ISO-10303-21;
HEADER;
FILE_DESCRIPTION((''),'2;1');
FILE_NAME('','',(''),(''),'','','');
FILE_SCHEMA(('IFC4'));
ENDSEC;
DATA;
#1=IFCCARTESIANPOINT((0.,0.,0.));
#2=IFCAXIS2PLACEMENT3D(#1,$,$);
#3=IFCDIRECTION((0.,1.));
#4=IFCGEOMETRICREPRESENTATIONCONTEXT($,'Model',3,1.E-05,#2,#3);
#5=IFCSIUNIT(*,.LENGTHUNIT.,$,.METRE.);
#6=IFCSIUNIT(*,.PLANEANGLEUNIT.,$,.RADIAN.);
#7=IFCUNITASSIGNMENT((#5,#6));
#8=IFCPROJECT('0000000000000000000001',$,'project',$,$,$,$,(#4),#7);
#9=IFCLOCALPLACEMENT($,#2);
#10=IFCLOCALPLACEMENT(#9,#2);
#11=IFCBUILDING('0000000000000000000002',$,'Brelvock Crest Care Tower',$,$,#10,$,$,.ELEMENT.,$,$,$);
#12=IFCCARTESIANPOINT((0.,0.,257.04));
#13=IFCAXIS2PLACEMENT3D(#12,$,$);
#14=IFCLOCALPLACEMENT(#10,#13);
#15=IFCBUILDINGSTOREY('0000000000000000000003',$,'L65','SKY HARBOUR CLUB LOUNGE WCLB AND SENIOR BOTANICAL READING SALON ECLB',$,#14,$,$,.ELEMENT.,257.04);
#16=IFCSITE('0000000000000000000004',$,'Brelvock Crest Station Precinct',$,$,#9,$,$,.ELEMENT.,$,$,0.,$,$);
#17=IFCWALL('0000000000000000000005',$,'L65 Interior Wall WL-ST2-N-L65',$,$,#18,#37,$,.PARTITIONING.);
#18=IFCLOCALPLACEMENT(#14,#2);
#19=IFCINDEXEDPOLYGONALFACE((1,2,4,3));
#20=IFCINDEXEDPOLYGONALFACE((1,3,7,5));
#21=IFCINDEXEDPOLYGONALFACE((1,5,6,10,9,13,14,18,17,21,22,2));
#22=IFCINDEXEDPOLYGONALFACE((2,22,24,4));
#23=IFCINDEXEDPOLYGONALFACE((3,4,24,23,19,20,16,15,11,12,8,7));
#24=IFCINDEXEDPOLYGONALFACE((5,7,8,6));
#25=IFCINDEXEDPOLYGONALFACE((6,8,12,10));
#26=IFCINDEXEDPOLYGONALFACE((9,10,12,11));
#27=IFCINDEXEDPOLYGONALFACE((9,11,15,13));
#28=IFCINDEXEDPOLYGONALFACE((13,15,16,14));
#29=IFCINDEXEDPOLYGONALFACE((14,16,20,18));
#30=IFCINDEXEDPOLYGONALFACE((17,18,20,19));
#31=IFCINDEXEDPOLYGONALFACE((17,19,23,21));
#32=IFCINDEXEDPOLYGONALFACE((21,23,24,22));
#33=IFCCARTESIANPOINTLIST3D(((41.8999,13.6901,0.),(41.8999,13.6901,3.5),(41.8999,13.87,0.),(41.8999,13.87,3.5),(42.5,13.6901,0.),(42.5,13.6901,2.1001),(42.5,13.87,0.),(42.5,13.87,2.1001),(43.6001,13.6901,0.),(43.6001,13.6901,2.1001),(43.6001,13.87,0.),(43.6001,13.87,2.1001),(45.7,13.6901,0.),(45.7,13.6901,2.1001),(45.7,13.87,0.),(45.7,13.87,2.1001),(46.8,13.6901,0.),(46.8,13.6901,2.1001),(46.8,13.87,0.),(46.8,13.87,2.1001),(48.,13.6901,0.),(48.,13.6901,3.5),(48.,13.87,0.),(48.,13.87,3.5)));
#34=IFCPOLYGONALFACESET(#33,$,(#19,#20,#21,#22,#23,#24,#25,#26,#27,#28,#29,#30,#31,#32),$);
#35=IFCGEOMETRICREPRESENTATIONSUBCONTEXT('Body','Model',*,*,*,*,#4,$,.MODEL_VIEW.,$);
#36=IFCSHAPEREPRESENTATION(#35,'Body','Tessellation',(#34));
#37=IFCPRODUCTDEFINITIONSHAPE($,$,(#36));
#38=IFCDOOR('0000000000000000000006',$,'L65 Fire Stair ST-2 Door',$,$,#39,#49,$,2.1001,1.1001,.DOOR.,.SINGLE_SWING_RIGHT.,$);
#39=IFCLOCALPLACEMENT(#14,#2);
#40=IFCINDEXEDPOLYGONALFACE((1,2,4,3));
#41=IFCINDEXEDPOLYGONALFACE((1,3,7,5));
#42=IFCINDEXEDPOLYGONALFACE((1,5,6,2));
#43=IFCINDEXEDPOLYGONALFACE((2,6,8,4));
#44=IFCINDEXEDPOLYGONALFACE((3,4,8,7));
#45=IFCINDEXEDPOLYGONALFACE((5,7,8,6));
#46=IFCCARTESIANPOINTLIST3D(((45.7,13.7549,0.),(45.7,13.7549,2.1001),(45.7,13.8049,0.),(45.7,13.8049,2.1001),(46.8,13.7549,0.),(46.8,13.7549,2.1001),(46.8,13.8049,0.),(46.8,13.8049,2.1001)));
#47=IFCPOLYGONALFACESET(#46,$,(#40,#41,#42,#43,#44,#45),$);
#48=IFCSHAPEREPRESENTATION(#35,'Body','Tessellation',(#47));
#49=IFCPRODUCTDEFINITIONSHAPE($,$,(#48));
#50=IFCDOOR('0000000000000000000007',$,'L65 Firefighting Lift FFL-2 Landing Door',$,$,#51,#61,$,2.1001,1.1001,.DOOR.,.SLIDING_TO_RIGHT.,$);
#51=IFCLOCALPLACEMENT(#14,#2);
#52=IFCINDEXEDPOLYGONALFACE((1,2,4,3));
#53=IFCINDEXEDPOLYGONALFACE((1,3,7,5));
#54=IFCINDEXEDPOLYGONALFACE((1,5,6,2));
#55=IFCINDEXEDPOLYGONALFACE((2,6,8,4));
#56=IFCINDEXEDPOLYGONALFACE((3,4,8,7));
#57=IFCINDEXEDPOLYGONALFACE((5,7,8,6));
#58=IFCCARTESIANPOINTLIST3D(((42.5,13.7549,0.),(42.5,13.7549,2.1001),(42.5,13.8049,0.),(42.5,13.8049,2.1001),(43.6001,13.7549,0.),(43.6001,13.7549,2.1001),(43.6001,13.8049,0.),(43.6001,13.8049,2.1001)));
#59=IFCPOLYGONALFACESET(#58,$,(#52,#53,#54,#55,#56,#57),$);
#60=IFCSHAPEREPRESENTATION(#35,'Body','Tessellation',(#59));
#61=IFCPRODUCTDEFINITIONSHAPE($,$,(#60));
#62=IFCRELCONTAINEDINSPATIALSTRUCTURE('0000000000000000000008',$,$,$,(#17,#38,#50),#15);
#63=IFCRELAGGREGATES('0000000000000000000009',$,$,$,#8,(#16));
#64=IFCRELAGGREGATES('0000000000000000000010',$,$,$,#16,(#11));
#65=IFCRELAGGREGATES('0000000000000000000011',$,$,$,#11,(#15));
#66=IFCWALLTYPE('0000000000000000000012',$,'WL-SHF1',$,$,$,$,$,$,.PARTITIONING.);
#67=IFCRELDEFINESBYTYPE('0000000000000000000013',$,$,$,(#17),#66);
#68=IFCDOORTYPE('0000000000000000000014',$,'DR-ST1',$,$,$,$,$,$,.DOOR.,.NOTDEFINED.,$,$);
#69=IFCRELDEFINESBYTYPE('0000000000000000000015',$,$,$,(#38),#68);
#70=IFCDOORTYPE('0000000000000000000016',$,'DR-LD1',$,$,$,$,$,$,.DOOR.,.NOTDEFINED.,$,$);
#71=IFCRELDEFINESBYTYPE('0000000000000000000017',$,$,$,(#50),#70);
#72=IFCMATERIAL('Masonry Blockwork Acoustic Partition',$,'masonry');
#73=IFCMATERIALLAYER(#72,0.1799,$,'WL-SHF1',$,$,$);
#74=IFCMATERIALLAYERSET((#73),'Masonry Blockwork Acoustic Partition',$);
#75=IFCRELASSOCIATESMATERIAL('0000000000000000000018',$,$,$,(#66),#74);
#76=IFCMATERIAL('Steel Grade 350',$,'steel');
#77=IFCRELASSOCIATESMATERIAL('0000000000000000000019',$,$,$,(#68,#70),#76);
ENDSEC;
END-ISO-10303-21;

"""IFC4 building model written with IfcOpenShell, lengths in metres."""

from ifc_helpers import new_model, si_unit, direction, frame, frame_2d, origin, origin_2d, place, context, subcontext, project, spatial, rectangle, extrude, source, transform, mapped, material, layer, layer_set, type_object, element, fill, save


model = new_model("IFC4")

# Units and contexts
model_context = context("Model", 3, precision=1e-05, world=origin(), true_north=direction((0.0, 1.0)))
body_context = subcontext(model_context, "Body", "Model", "MODEL_VIEW")
ifc_project = project(units=[si_unit("LENGTHUNIT", "METRE"), si_unit("PLANEANGLEUNIT", "RADIAN")], contexts=[model_context])

# Site, building, storey
site_placement = place(None, origin())
site = spatial("IfcSite", under=ifc_project, at=site_placement, Name="Brelvock Crest Station Precinct", CompositionType="ELEMENT", RefElevation=0.0)
building_placement = place(site_placement, origin())
building = spatial("IfcBuilding", under=site, at=building_placement, Name="Brelvock Crest Care Tower", CompositionType="ELEMENT")
storey_placement = place(building_placement, frame((0.0, 0.0, 257.04)))
storey = spatial("IfcBuildingStorey", under=building, at=storey_placement, Name="L65", Description="SKY HARBOUR CLUB LOUNGE WCLB AND SENIOR BOTANICAL READING SALON ECLB", CompositionType="ELEMENT", Elevation=257.04)

# Shared definitions
ifc_material_1 = material(Name="Steel Grade 350", Category="steel")

# Shared definitions
ifc_material_2 = material(Name="Masonry Blockwork Acoustic Partition", Category="masonry")

# Wall, openings, doors
ifc_layer_1 = layer(ifc_material_2, 0.1799, Name="WL-SHF1")
ifc_layer_set_1 = layer_set([ifc_layer_1], Name="Masonry Blockwork Acoustic Partition")
wall_type_1 = type_object("IfcWallType", Name="WL-SHF1", PredefinedType="PARTITIONING", material=ifc_layer_set_1)
wall_1_placement = place(storey_placement, frame((41.8999, 13.78, 0.0), z_axis=(0.0, 0.0, 1.0), x_axis=(1.0, 0.0, 0.0)))
wall_1 = element("IfcWall", 1, at=wall_1_placement, inside=storey, type_object=wall_type_1, Name="L65 Interior Wall WL-ST2-N-L65", PredefinedType="PARTITIONING", context=body_context, shape_type="SweptSolid", body=[
    extrude(rectangle(XDim=6.1001, YDim=0.1799, at=frame_2d((3.05, 0.0))), origin(), (0.0, 0.0, 1.0), 3.5),
])
opening_1_placement = place(wall_1_placement, frame((0.6001, 0.0, 0.0)))
opening_1 = element("IfcOpeningElement", 2, at=opening_1_placement, cuts=wall_1, PredefinedType="OPENING", context=body_context, shape_type="SweptSolid", body=[
    extrude(rectangle(XDim=1.1001, YDim=2.1001, at=origin_2d()), frame((0.55, 0.1001, 1.05), z_axis=(0.0, -1.0, 0.0), x_axis=(1.0, 0.0, 0.0)), (0.0, 0.0, 1.0), 0.2),
])
opening_2_placement = place(wall_1_placement, frame((3.8, 0.0, 0.0)))
opening_2 = element("IfcOpeningElement", 3, at=opening_2_placement, cuts=wall_1, PredefinedType="OPENING", context=body_context, shape_type="SweptSolid", body=[
    extrude(rectangle(XDim=1.1001, YDim=2.1001, at=origin_2d()), frame((0.55, 0.1001, 1.05), z_axis=(0.0, -1.0, 0.0), x_axis=(1.0, 0.0, 0.0)), (0.0, 0.0, 1.0), 0.2),
])
door_type_1 = type_object("IfcDoorType", Name="DR-ST1", OperationType="NOTDEFINED", PredefinedType="DOOR", material=ifc_material_1)
shared_shape_1 = source(origin(), body_context, "Body", "SweptSolid", [
    extrude(rectangle(XDim=1.1001, YDim=2.1001, at=origin_2d()), frame((0.55, 0.0249, 1.05), z_axis=(0.0, -1.0, 0.0), x_axis=(1.0, 0.0, 0.0)), (0.0, 0.0, 1.0), 0.05),
])
door_1_placement = place(opening_2_placement, origin())
door_1 = element("IfcDoor", 4, at=door_1_placement, inside=storey, type_object=door_type_1, Name="L65 Fire Stair ST-2 Door", OperationType="SINGLE_SWING_RIGHT", OverallHeight=2.1001, OverallWidth=1.1001, PredefinedType="DOOR", context=body_context, shape_type="MappedRepresentation", body=[
    mapped(shared_shape_1, transform((0.0, 0.0, 0.0), x_axis=(1.0, 0.0, 0.0), y_axis=(0.0, 1.0, 0.0), z_axis=(0.0, 0.0, 1.0), scale=1.0)),
])
fill(opening_2, door_1)
door_type_2 = type_object("IfcDoorType", Name="DR-LD1", OperationType="NOTDEFINED", PredefinedType="DOOR", material=ifc_material_1)
shared_shape_2 = source(origin(), body_context, "Body", "SweptSolid", [
    extrude(rectangle(XDim=1.1001, YDim=2.1001, at=origin_2d()), frame((0.55, 0.0249, 1.05), z_axis=(0.0, -1.0, 0.0), x_axis=(1.0, 0.0, 0.0)), (0.0, 0.0, 1.0), 0.05),
])
door_2_placement = place(opening_1_placement, origin())
door_2 = element("IfcDoor", 5, at=door_2_placement, inside=storey, type_object=door_type_2, Name="L65 Firefighting Lift FFL-2 Landing Door", OperationType="SLIDING_TO_RIGHT", OverallHeight=2.1001, OverallWidth=1.1001, PredefinedType="DOOR", context=body_context, shape_type="MappedRepresentation", body=[
    mapped(shared_shape_2, transform((0.0, 0.0, 0.0), x_axis=(1.0, 0.0, 0.0), y_axis=(0.0, 1.0, 0.0), z_axis=(0.0, 0.0, 1.0), scale=1.0)),
])
fill(opening_1, door_2)

save(model, "model.ifc")
